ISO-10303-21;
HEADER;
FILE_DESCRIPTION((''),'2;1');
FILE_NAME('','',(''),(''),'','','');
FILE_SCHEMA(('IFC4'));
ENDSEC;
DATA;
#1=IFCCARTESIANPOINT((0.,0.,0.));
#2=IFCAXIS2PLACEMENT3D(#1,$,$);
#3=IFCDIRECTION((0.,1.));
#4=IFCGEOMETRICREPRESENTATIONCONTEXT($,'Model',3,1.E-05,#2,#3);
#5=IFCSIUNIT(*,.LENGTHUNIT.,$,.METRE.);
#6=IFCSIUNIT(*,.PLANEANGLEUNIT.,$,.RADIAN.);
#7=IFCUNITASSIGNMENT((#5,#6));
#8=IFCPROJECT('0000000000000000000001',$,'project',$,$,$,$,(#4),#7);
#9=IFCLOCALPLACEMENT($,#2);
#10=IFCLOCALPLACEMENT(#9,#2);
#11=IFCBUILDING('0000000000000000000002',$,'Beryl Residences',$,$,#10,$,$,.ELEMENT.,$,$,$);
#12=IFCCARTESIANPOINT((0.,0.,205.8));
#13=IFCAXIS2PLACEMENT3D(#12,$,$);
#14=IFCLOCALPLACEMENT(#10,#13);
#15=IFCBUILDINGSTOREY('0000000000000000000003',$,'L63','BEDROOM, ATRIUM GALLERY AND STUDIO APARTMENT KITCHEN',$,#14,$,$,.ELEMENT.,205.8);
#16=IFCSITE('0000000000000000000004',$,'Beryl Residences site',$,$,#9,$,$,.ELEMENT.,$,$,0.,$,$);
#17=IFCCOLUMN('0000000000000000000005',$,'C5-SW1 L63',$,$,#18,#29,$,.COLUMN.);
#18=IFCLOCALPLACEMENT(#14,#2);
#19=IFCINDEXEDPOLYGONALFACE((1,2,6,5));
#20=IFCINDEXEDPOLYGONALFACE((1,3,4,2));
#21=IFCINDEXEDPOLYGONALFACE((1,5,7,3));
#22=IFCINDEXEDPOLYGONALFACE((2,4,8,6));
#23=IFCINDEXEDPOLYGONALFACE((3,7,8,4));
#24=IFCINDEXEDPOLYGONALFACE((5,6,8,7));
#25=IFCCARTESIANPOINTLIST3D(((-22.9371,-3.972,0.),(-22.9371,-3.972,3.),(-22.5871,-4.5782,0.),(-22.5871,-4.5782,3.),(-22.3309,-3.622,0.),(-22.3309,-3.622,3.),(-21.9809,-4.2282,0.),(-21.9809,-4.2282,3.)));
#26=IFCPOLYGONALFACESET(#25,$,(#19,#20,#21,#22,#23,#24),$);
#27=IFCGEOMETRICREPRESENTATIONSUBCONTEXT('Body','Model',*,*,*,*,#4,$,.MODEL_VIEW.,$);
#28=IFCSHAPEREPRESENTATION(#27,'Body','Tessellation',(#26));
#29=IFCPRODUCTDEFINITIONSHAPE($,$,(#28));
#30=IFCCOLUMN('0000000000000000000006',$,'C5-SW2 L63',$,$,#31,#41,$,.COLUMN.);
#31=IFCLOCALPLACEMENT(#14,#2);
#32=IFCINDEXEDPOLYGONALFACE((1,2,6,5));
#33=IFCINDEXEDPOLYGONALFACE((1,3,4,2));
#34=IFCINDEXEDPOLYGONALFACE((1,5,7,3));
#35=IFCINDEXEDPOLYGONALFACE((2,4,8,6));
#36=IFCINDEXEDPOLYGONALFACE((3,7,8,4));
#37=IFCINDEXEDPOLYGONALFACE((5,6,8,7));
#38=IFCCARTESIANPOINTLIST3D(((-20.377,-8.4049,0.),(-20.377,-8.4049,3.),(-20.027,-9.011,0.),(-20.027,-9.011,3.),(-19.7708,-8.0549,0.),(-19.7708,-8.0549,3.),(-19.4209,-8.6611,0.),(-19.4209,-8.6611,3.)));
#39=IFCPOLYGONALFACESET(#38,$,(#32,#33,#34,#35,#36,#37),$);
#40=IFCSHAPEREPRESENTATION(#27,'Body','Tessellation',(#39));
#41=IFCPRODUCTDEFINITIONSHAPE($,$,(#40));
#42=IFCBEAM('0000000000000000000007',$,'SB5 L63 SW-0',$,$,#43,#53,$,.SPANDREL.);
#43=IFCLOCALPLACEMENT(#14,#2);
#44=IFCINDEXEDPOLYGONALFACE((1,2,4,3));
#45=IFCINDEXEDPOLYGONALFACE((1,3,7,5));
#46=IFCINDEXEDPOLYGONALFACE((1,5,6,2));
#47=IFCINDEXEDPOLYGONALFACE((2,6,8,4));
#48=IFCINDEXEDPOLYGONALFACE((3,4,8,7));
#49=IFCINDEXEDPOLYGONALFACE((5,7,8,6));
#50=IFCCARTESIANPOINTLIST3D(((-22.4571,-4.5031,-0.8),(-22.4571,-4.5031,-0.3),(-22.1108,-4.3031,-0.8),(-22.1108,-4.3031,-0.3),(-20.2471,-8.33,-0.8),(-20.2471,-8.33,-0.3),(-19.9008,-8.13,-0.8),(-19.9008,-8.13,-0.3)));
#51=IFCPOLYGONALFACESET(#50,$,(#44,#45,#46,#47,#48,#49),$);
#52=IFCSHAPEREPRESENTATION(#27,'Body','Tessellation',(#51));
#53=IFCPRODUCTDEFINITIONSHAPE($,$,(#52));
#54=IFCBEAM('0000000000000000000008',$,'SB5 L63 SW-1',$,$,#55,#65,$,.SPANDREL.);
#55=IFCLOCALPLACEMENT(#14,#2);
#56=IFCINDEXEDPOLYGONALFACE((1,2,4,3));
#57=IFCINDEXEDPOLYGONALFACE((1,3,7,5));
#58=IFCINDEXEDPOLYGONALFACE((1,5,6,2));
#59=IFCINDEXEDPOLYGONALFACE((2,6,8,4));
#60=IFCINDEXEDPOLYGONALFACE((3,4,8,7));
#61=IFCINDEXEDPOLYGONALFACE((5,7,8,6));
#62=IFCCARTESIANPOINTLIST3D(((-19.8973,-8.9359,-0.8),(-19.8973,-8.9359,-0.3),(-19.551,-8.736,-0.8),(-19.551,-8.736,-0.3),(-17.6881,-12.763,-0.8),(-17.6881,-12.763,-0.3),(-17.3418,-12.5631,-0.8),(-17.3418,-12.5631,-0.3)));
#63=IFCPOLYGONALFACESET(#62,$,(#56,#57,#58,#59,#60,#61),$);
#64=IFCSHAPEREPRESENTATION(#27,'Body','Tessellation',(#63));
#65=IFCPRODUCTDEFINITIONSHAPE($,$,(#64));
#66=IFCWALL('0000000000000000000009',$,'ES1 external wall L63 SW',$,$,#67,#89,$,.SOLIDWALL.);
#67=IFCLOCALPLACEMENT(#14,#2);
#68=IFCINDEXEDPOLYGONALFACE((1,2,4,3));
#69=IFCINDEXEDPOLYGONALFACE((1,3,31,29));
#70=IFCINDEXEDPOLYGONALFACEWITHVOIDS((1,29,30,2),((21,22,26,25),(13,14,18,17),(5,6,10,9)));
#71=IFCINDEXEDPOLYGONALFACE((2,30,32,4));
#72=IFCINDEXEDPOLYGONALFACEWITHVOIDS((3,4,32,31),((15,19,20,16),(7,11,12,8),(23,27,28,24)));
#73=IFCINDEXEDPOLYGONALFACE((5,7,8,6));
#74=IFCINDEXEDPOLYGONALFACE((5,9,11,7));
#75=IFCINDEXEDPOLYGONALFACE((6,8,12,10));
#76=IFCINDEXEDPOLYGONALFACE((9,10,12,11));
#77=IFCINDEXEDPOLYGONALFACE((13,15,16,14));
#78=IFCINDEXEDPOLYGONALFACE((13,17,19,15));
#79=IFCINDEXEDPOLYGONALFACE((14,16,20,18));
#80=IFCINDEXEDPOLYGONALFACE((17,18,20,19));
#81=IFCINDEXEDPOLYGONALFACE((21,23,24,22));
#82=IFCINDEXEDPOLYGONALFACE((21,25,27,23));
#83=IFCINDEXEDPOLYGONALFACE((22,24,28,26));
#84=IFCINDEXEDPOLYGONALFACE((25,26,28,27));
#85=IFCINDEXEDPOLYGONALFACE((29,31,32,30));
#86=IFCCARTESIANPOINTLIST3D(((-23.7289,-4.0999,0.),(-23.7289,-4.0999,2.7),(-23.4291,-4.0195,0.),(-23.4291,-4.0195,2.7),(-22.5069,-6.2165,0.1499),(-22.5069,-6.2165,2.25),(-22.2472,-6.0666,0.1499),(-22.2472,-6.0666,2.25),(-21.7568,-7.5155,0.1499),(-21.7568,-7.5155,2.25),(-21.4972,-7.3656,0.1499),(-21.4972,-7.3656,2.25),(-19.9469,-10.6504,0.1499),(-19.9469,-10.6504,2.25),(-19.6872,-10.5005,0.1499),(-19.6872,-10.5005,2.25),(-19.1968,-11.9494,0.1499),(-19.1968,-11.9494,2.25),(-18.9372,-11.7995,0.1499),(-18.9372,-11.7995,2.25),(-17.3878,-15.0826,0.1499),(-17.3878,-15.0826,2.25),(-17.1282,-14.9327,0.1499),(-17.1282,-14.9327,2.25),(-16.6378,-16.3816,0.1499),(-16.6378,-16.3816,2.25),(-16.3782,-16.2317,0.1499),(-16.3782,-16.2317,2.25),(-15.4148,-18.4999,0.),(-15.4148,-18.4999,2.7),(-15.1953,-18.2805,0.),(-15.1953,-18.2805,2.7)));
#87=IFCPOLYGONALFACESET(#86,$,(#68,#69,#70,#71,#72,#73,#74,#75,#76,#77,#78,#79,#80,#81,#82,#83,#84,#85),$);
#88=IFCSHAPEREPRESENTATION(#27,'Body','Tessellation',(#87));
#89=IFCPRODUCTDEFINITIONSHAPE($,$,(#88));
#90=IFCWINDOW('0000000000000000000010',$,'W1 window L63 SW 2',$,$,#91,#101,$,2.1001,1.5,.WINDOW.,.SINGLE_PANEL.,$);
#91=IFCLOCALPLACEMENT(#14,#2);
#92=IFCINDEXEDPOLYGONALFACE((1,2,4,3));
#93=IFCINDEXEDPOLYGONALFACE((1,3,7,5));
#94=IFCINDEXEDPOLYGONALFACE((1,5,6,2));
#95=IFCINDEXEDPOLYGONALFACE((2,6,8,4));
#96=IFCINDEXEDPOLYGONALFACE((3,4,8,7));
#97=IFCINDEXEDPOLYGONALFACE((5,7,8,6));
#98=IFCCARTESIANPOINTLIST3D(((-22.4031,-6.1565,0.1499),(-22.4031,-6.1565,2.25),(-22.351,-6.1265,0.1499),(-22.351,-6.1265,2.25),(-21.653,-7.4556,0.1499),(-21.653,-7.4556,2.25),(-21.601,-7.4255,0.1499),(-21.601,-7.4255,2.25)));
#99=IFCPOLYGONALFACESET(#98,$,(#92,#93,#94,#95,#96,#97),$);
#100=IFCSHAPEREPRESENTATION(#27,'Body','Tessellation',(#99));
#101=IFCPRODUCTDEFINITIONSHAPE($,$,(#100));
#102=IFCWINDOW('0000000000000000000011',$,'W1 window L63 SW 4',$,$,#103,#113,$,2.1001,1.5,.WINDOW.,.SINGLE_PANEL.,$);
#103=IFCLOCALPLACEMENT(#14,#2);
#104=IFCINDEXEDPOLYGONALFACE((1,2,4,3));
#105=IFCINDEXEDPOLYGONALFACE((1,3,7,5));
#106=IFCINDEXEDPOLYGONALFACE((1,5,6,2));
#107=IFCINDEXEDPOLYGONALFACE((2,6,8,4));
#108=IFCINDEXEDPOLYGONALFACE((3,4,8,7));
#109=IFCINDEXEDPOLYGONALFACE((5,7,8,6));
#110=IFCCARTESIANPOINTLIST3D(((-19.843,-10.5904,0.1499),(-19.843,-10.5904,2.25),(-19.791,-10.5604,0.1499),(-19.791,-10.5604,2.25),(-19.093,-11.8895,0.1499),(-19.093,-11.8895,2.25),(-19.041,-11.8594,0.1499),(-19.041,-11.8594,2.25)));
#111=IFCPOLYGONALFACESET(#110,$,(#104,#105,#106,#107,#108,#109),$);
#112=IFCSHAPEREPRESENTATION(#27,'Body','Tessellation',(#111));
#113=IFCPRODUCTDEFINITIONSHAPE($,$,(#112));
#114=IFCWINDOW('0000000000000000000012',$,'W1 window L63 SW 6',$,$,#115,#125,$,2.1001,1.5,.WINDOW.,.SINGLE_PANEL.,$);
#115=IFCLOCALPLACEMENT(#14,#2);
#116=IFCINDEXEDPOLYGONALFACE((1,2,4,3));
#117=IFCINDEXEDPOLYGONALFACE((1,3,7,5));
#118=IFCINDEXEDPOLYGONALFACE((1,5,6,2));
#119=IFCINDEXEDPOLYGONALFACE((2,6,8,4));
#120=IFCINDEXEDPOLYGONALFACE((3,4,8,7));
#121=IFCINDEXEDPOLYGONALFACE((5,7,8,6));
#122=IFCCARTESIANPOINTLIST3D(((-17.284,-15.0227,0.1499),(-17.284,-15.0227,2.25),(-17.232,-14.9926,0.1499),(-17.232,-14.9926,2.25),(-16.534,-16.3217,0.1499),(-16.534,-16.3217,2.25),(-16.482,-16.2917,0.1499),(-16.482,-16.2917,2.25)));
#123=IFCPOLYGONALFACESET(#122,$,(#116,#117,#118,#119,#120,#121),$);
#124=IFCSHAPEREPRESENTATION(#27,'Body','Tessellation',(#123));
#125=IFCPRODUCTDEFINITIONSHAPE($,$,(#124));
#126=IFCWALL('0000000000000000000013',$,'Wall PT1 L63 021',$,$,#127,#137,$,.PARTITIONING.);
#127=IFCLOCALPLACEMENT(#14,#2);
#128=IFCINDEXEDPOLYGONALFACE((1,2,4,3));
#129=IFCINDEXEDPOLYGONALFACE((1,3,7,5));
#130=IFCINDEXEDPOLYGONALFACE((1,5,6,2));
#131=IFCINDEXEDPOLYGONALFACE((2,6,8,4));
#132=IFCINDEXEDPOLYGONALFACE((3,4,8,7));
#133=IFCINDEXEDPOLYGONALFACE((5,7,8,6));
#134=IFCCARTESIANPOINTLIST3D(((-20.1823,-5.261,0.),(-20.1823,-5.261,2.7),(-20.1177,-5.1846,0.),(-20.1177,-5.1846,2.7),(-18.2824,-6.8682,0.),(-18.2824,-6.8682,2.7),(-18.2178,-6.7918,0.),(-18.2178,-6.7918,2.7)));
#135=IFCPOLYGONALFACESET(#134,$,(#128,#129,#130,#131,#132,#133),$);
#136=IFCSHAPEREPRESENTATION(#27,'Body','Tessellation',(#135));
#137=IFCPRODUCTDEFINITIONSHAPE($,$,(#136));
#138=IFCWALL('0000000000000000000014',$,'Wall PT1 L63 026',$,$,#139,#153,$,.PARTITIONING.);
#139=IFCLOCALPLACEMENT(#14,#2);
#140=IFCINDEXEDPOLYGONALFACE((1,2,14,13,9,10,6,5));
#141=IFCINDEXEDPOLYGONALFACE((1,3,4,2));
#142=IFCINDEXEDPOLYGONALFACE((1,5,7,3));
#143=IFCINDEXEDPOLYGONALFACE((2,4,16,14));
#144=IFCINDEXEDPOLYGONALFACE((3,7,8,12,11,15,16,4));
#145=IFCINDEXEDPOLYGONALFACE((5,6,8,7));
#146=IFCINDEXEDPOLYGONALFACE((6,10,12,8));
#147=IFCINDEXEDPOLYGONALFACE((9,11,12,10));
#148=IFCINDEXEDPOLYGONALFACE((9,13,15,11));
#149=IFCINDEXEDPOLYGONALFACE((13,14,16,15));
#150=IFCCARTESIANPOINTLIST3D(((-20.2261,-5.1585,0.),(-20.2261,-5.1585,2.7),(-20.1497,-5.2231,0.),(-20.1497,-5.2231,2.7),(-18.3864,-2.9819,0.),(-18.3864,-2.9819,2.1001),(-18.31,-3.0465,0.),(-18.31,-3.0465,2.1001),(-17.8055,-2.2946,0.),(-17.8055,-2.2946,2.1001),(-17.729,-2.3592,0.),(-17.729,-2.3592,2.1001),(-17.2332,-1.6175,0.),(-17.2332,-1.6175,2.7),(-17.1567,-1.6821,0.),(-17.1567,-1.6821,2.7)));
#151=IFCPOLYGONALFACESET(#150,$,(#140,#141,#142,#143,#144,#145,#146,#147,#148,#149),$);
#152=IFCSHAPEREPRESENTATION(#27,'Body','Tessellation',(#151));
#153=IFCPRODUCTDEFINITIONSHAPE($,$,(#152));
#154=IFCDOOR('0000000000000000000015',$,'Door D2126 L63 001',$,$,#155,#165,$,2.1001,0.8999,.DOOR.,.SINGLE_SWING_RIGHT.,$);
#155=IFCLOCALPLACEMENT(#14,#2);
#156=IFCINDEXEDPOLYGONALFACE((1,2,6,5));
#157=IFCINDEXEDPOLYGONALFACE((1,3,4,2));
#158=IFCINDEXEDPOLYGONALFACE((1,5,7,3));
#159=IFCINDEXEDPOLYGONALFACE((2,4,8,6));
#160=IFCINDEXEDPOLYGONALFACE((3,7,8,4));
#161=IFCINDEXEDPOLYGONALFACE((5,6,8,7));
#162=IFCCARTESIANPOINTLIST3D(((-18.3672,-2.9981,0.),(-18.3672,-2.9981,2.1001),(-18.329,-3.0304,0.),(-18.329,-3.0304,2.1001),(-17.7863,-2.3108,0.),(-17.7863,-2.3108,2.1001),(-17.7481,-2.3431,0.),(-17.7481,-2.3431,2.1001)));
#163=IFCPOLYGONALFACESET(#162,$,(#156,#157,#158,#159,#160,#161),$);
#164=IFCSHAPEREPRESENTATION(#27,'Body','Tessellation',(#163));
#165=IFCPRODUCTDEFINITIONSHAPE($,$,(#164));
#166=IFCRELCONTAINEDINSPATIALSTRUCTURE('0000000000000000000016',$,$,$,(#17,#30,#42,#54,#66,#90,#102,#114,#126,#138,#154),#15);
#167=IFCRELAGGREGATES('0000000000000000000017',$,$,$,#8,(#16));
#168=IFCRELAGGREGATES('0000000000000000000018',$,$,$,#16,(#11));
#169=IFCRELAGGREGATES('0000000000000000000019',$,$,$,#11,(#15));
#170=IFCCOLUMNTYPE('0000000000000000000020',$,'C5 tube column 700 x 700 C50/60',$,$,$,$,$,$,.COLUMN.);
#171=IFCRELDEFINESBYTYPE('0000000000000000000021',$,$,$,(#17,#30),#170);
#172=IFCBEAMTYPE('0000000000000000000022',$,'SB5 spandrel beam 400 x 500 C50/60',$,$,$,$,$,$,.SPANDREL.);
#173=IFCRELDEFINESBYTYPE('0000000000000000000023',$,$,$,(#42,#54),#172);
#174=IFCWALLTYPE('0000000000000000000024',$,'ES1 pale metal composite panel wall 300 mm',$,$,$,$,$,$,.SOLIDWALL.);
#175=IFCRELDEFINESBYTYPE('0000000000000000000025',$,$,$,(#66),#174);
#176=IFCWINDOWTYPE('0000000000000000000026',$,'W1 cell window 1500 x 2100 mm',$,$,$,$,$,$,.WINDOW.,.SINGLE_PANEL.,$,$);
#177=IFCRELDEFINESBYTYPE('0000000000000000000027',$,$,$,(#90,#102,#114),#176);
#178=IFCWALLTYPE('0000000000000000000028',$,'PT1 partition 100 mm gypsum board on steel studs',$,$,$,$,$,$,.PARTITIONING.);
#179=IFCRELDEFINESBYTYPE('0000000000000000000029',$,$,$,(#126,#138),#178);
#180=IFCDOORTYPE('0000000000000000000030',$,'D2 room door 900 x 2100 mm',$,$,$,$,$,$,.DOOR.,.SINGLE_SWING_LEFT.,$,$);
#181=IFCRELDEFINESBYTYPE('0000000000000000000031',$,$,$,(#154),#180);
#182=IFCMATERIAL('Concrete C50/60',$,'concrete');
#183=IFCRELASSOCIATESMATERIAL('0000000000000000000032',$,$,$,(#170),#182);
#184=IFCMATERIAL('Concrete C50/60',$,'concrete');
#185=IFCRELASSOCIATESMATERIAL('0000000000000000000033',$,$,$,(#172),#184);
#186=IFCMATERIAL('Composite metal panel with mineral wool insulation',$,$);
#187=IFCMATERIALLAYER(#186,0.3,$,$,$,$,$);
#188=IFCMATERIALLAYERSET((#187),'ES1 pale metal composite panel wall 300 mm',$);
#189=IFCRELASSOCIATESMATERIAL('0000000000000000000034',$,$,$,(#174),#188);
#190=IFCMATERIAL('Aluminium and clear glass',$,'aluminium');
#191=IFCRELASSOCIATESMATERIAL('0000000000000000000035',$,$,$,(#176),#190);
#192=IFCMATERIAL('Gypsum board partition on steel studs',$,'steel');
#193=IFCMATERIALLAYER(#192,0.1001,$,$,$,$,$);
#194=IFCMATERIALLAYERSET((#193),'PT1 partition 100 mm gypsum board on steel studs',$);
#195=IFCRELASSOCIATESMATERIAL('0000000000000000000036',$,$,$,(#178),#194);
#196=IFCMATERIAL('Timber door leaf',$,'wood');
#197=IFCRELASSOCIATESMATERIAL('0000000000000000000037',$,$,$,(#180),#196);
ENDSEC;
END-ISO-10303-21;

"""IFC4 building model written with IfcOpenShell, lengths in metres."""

from ifc_helpers import new_model, si_unit, direction, frame, frame_2d, origin, origin_2d, place, context, subcontext, project, spatial, polyline, rectangle, outline, extrude, material, layer, layer_set, material_profile, profile_set, type_object, element, fill, save


model = new_model("IFC4")

# Units and contexts
model_context = context("Model", 3, precision=1e-05, world=origin(), true_north=direction((0.0, 1.0)))
body_context = subcontext(model_context, "Body", "Model", "MODEL_VIEW")
ifc_project = project(units=[si_unit("LENGTHUNIT", "METRE"), si_unit("PLANEANGLEUNIT", "RADIAN")], contexts=[model_context])

# Site, building, storey
site_placement = place(None, origin())
site = spatial("IfcSite", under=ifc_project, at=site_placement, Name="Beryl Residences site", CompositionType="ELEMENT", RefElevation=0.0)
building_placement = place(site_placement, origin())
building = spatial("IfcBuilding", under=site, at=building_placement, Name="Beryl Residences", CompositionType="ELEMENT")
storey_placement = place(building_placement, frame((0.0, 0.0, 205.8)))
storey = spatial("IfcBuildingStorey", under=building, at=storey_placement, Name="L63", Description="BEDROOM, ATRIUM GALLERY AND STUDIO APARTMENT KITCHEN", CompositionType="ELEMENT", Elevation=205.8)

# Columns
ifc_material_1 = material(Name="Concrete C50/60", Category="concrete")
ifc_material_profile_1 = material_profile(ifc_material_1, rectangle(XDim=0.7, YDim=0.7, at=origin_2d()))
ifc_profile_set_1 = profile_set([ifc_material_profile_1], Name="Concrete C50/60")
column_type = type_object("IfcColumnType", Name="C5 tube column 700 x 700 C50/60", PredefinedType="COLUMN", material=ifc_profile_set_1)
for number, where, z_axis, x_axis, name in (
    (1, (-22.459, -4.1001, 0.0), (0.0, 0.0, 1.0), (0.499985, -0.866034, 0.0), "C5-SW1 L63"),
    (2, (-19.8989, -8.533, 0.0), (0.0, 0.0, 1.0), (0.499985, -0.866034, 0.0), "C5-SW2 L63"),
):
    element("IfcColumn", number, at=place(storey_placement, frame(where, z_axis=z_axis, x_axis=x_axis)), inside=storey, type_object=column_type, Name=name, PredefinedType="COLUMN", context=body_context, shape_type="SweptSolid", body=[
        extrude(rectangle(XDim=0.7, YDim=0.7, at=origin_2d()), origin(), (0.0, 0.0, 1.0), 3.0),
    ])

# Beams
ifc_material_2 = material(Name="Concrete C50/60", Category="concrete")
ifc_material_profile_2 = material_profile(ifc_material_2, rectangle(XDim=0.3999, YDim=0.5, at=origin_2d()))
ifc_profile_set_2 = profile_set([ifc_material_profile_2], Name="Concrete C50/60")
beam_type = type_object("IfcBeamType", Name="SB5 spandrel beam 400 x 500 C50/60", PredefinedType="SPANDREL", material=ifc_profile_set_2)
beam_1_placement = place(storey_placement, frame((-22.2839, -4.4031, -0.55), z_axis=(0.500084, -0.865977, 0.0), x_axis=(0.865977, 0.500084, 0.0)))
element("IfcBeam", 3, at=beam_1_placement, inside=storey, type_object=beam_type, Name="SB5 L63 SW-0", PredefinedType="SPANDREL", context=body_context, shape_type="SweptSolid", body=[
    extrude(rectangle(XDim=0.3999, YDim=0.5, at=origin_2d()), origin(), (0.0, 0.0, 1.0), 4.4192),
])
beam_2_placement = place(storey_placement, frame((-19.7241, -8.8359, -0.55), z_axis=(0.499936, -0.866062, 0.0), x_axis=(0.866062, 0.499936, 0.0)))
element("IfcBeam", 4, at=beam_2_placement, inside=storey, type_object=beam_type, Name="SB5 L63 SW-1", PredefinedType="SPANDREL", context=body_context, shape_type="SweptSolid", body=[
    extrude(rectangle(XDim=0.3999, YDim=0.5, at=origin_2d()), origin(), (0.0, 0.0, 1.0), 4.4189),
])

# Wall, openings, windows
ifc_material_3 = material(Name="Composite metal panel with mineral wool insulation")
ifc_layer_1 = layer(ifc_material_3, 0.3)
ifc_layer_set_1 = layer_set([ifc_layer_1], Name="ES1 pale metal composite panel wall 300 mm")
wall_type_1 = type_object("IfcWallType", Name="ES1 pale metal composite panel wall 300 mm", PredefinedType="SOLIDWALL", material=ifc_layer_set_1)
wall_1_placement = place(storey_placement, frame((-23.5991, -4.0249, 0.0), z_axis=(0.0, 0.0, 1.0), x_axis=(0.500013, -0.866018, 0.0)))
wall_1 = element("IfcWall", 5, at=wall_1_placement, inside=storey, type_object=wall_type_1, Name="ES1 external wall L63 SW", PredefinedType="SOLIDWALL", context=body_context, shape_type="SweptSolid", body=[
    extrude(outline(polyline([(0.0, -0.1499), (16.6279, -0.1499), (16.5476, 0.1499), (0.0803, 0.1499), (0.0, -0.1499)])), origin(), (0.0, 0.0, 1.0), 2.7),
])
opening_1_placement = place(wall_1_placement, frame((2.4441, 0.0, 0.1499)))
opening_1 = element("IfcOpeningElement", 6, at=opening_1_placement, cuts=wall_1, PredefinedType="OPENING", context=body_context, shape_type="SweptSolid", body=[
    extrude(rectangle(XDim=1.5, YDim=2.1001, at=frame_2d((0.75, 1.05))), frame((0.0, 0.1599, 0.0), z_axis=(0.0, -1.0, 0.0), x_axis=(1.0, 0.0, 0.0)), (0.0, 0.0, 1.0), 0.3201),
])
opening_2_placement = place(wall_1_placement, frame((7.564, 0.0, 0.1499)))
opening_2 = element("IfcOpeningElement", 7, at=opening_2_placement, cuts=wall_1, PredefinedType="OPENING", context=body_context, shape_type="SweptSolid", body=[
    extrude(rectangle(XDim=1.5, YDim=2.1001, at=frame_2d((0.75, 1.05))), frame((0.0, 0.1599, 0.0), z_axis=(0.0, -1.0, 0.0), x_axis=(1.0, 0.0, 0.0)), (0.0, 0.0, 1.0), 0.3201),
])
opening_3_placement = place(wall_1_placement, frame((12.6819, 0.0, 0.1499)))
opening_3 = element("IfcOpeningElement", 8, at=opening_3_placement, cuts=wall_1, PredefinedType="OPENING", context=body_context, shape_type="SweptSolid", body=[
    extrude(rectangle(XDim=1.5, YDim=2.1001, at=frame_2d((0.75, 1.05))), frame((0.0, 0.1599, 0.0), z_axis=(0.0, -1.0, 0.0), x_axis=(1.0, 0.0, 0.0)), (0.0, 0.0, 1.0), 0.3201),
])
ifc_material_4 = material(Name="Aluminium and clear glass", Category="aluminium")
window_type = type_object("IfcWindowType", Name="W1 cell window 1500 x 2100 mm", PartitioningType="SINGLE_PANEL", PredefinedType="WINDOW", material=ifc_material_4)
window_1_placement = place(opening_1_placement, origin())
window_1 = element("IfcWindow", 9, at=window_1_placement, inside=storey, type_object=window_type, Name="W1 window L63 SW 2", OverallHeight=2.1001, OverallWidth=1.5, PartitioningType="SINGLE_PANEL", PredefinedType="WINDOW", context=body_context, shape_type="SweptSolid", body=[
    extrude(rectangle(XDim=1.5, YDim=2.1001, at=frame_2d((0.75, 1.05))), frame((0.0, 0.03, 0.0), z_axis=(0.0, -1.0, 0.0), x_axis=(1.0, 0.0, 0.0)), (0.0, 0.0, 1.0), 0.0601),
])
fill(opening_1, window_1)
window_2_placement = place(opening_2_placement, origin())
window_2 = element("IfcWindow", 10, at=window_2_placement, inside=storey, type_object=window_type, Name="W1 window L63 SW 4", OverallHeight=2.1001, OverallWidth=1.5, PartitioningType="SINGLE_PANEL", PredefinedType="WINDOW", context=body_context, shape_type="SweptSolid", body=[
    extrude(rectangle(XDim=1.5, YDim=2.1001, at=frame_2d((0.75, 1.05))), frame((0.0, 0.03, 0.0), z_axis=(0.0, -1.0, 0.0), x_axis=(1.0, 0.0, 0.0)), (0.0, 0.0, 1.0), 0.0601),
])
fill(opening_2, window_2)
window_3_placement = place(opening_3_placement, origin())
window_3 = element("IfcWindow", 11, at=window_3_placement, inside=storey, type_object=window_type, Name="W1 window L63 SW 6", OverallHeight=2.1001, OverallWidth=1.5, PartitioningType="SINGLE_PANEL", PredefinedType="WINDOW", context=body_context, shape_type="SweptSolid", body=[
    extrude(rectangle(XDim=1.5, YDim=2.1001, at=frame_2d((0.75, 1.05))), frame((0.0, 0.03, 0.0), z_axis=(0.0, -1.0, 0.0), x_axis=(1.0, 0.0, 0.0)), (0.0, 0.0, 1.0), 0.0601),
])
fill(opening_3, window_3)

# Wall
ifc_material_5 = material(Name="Gypsum board partition on steel studs", Category="steel")
ifc_layer_2 = layer(ifc_material_5, 0.1001)
ifc_layer_set_2 = layer_set([ifc_layer_2], Name="PT1 partition 100 mm gypsum board on steel studs")
wall_type_2 = type_object("IfcWallType", Name="PT1 partition 100 mm gypsum board on steel studs", PredefinedType="PARTITIONING", material=ifc_layer_set_2)
wall_2_placement = place(storey_placement, frame((-20.1499, -5.2229, 0.0), z_axis=(0.0, 0.0, 1.0), x_axis=(0.763472, -0.645841, 0.0)))
element("IfcWall", 12, at=wall_2_placement, inside=storey, type_object=wall_type_2, Name="Wall PT1 L63 021", PredefinedType="PARTITIONING", context=body_context, shape_type="SweptSolid", body=[
    extrude(rectangle(XDim=2.4885, YDim=0.1001, at=frame_2d((1.2441, 0.0))), origin(), (0.0, 0.0, 1.0), 2.7),
])

# Wall, opening, door
wall_3_placement = place(storey_placement, frame((-20.188, -5.1909, 0.0), z_axis=(0.0, 0.0, 1.0), x_axis=(0.645524, 0.76374, 0.0)))
wall_3 = element("IfcWall", 13, at=wall_3_placement, inside=storey, type_object=wall_type_2, Name="Wall PT1 L63 026", PredefinedType="PARTITIONING", context=body_context, shape_type="SweptSolid", body=[
    extrude(rectangle(XDim=4.6365, YDim=0.1001, at=frame_2d((2.3184, 0.0))), origin(), (0.0, 0.0, 1.0), 2.7),
])
opening_4_placement = place(wall_3_placement, frame((2.8501, 0.0, 0.0)))
opening_4 = element("IfcOpeningElement", 14, at=opening_4_placement, cuts=wall_3, PredefinedType="OPENING", context=body_context, shape_type="SweptSolid", body=[
    extrude(rectangle(XDim=0.8999, YDim=2.1001, at=frame_2d((0.45, 1.05))), frame((0.0, 0.0601, 0.0), z_axis=(0.0, -1.0, 0.0), x_axis=(1.0, 0.0, 0.0)), (0.0, 0.0, 1.0), 0.1201),
])
ifc_material_6 = material(Name="Timber door leaf", Category="wood")
door_type_1 = type_object("IfcDoorType", Name="D2 room door 900 x 2100 mm", OperationType="SINGLE_SWING_LEFT", PredefinedType="DOOR", material=ifc_material_6)
door_1_placement = place(opening_4_placement, origin())
door_1 = element("IfcDoor", 15, at=door_1_placement, inside=storey, type_object=door_type_1, Name="Door D2126 L63 001", OperationType="SINGLE_SWING_RIGHT", OverallHeight=2.1001, OverallWidth=0.8999, PredefinedType="DOOR", context=body_context, shape_type="SweptSolid", body=[
    extrude(rectangle(XDim=0.8999, YDim=2.1001, at=frame_2d((0.45, 1.05))), frame((0.0, 0.0249, 0.0), z_axis=(0.0, -1.0, 0.0), x_axis=(1.0, 0.0, 0.0)), (0.0, 0.0, 1.0), 0.05),
])
fill(opening_4, door_1)

save(model, "model.ifc")
